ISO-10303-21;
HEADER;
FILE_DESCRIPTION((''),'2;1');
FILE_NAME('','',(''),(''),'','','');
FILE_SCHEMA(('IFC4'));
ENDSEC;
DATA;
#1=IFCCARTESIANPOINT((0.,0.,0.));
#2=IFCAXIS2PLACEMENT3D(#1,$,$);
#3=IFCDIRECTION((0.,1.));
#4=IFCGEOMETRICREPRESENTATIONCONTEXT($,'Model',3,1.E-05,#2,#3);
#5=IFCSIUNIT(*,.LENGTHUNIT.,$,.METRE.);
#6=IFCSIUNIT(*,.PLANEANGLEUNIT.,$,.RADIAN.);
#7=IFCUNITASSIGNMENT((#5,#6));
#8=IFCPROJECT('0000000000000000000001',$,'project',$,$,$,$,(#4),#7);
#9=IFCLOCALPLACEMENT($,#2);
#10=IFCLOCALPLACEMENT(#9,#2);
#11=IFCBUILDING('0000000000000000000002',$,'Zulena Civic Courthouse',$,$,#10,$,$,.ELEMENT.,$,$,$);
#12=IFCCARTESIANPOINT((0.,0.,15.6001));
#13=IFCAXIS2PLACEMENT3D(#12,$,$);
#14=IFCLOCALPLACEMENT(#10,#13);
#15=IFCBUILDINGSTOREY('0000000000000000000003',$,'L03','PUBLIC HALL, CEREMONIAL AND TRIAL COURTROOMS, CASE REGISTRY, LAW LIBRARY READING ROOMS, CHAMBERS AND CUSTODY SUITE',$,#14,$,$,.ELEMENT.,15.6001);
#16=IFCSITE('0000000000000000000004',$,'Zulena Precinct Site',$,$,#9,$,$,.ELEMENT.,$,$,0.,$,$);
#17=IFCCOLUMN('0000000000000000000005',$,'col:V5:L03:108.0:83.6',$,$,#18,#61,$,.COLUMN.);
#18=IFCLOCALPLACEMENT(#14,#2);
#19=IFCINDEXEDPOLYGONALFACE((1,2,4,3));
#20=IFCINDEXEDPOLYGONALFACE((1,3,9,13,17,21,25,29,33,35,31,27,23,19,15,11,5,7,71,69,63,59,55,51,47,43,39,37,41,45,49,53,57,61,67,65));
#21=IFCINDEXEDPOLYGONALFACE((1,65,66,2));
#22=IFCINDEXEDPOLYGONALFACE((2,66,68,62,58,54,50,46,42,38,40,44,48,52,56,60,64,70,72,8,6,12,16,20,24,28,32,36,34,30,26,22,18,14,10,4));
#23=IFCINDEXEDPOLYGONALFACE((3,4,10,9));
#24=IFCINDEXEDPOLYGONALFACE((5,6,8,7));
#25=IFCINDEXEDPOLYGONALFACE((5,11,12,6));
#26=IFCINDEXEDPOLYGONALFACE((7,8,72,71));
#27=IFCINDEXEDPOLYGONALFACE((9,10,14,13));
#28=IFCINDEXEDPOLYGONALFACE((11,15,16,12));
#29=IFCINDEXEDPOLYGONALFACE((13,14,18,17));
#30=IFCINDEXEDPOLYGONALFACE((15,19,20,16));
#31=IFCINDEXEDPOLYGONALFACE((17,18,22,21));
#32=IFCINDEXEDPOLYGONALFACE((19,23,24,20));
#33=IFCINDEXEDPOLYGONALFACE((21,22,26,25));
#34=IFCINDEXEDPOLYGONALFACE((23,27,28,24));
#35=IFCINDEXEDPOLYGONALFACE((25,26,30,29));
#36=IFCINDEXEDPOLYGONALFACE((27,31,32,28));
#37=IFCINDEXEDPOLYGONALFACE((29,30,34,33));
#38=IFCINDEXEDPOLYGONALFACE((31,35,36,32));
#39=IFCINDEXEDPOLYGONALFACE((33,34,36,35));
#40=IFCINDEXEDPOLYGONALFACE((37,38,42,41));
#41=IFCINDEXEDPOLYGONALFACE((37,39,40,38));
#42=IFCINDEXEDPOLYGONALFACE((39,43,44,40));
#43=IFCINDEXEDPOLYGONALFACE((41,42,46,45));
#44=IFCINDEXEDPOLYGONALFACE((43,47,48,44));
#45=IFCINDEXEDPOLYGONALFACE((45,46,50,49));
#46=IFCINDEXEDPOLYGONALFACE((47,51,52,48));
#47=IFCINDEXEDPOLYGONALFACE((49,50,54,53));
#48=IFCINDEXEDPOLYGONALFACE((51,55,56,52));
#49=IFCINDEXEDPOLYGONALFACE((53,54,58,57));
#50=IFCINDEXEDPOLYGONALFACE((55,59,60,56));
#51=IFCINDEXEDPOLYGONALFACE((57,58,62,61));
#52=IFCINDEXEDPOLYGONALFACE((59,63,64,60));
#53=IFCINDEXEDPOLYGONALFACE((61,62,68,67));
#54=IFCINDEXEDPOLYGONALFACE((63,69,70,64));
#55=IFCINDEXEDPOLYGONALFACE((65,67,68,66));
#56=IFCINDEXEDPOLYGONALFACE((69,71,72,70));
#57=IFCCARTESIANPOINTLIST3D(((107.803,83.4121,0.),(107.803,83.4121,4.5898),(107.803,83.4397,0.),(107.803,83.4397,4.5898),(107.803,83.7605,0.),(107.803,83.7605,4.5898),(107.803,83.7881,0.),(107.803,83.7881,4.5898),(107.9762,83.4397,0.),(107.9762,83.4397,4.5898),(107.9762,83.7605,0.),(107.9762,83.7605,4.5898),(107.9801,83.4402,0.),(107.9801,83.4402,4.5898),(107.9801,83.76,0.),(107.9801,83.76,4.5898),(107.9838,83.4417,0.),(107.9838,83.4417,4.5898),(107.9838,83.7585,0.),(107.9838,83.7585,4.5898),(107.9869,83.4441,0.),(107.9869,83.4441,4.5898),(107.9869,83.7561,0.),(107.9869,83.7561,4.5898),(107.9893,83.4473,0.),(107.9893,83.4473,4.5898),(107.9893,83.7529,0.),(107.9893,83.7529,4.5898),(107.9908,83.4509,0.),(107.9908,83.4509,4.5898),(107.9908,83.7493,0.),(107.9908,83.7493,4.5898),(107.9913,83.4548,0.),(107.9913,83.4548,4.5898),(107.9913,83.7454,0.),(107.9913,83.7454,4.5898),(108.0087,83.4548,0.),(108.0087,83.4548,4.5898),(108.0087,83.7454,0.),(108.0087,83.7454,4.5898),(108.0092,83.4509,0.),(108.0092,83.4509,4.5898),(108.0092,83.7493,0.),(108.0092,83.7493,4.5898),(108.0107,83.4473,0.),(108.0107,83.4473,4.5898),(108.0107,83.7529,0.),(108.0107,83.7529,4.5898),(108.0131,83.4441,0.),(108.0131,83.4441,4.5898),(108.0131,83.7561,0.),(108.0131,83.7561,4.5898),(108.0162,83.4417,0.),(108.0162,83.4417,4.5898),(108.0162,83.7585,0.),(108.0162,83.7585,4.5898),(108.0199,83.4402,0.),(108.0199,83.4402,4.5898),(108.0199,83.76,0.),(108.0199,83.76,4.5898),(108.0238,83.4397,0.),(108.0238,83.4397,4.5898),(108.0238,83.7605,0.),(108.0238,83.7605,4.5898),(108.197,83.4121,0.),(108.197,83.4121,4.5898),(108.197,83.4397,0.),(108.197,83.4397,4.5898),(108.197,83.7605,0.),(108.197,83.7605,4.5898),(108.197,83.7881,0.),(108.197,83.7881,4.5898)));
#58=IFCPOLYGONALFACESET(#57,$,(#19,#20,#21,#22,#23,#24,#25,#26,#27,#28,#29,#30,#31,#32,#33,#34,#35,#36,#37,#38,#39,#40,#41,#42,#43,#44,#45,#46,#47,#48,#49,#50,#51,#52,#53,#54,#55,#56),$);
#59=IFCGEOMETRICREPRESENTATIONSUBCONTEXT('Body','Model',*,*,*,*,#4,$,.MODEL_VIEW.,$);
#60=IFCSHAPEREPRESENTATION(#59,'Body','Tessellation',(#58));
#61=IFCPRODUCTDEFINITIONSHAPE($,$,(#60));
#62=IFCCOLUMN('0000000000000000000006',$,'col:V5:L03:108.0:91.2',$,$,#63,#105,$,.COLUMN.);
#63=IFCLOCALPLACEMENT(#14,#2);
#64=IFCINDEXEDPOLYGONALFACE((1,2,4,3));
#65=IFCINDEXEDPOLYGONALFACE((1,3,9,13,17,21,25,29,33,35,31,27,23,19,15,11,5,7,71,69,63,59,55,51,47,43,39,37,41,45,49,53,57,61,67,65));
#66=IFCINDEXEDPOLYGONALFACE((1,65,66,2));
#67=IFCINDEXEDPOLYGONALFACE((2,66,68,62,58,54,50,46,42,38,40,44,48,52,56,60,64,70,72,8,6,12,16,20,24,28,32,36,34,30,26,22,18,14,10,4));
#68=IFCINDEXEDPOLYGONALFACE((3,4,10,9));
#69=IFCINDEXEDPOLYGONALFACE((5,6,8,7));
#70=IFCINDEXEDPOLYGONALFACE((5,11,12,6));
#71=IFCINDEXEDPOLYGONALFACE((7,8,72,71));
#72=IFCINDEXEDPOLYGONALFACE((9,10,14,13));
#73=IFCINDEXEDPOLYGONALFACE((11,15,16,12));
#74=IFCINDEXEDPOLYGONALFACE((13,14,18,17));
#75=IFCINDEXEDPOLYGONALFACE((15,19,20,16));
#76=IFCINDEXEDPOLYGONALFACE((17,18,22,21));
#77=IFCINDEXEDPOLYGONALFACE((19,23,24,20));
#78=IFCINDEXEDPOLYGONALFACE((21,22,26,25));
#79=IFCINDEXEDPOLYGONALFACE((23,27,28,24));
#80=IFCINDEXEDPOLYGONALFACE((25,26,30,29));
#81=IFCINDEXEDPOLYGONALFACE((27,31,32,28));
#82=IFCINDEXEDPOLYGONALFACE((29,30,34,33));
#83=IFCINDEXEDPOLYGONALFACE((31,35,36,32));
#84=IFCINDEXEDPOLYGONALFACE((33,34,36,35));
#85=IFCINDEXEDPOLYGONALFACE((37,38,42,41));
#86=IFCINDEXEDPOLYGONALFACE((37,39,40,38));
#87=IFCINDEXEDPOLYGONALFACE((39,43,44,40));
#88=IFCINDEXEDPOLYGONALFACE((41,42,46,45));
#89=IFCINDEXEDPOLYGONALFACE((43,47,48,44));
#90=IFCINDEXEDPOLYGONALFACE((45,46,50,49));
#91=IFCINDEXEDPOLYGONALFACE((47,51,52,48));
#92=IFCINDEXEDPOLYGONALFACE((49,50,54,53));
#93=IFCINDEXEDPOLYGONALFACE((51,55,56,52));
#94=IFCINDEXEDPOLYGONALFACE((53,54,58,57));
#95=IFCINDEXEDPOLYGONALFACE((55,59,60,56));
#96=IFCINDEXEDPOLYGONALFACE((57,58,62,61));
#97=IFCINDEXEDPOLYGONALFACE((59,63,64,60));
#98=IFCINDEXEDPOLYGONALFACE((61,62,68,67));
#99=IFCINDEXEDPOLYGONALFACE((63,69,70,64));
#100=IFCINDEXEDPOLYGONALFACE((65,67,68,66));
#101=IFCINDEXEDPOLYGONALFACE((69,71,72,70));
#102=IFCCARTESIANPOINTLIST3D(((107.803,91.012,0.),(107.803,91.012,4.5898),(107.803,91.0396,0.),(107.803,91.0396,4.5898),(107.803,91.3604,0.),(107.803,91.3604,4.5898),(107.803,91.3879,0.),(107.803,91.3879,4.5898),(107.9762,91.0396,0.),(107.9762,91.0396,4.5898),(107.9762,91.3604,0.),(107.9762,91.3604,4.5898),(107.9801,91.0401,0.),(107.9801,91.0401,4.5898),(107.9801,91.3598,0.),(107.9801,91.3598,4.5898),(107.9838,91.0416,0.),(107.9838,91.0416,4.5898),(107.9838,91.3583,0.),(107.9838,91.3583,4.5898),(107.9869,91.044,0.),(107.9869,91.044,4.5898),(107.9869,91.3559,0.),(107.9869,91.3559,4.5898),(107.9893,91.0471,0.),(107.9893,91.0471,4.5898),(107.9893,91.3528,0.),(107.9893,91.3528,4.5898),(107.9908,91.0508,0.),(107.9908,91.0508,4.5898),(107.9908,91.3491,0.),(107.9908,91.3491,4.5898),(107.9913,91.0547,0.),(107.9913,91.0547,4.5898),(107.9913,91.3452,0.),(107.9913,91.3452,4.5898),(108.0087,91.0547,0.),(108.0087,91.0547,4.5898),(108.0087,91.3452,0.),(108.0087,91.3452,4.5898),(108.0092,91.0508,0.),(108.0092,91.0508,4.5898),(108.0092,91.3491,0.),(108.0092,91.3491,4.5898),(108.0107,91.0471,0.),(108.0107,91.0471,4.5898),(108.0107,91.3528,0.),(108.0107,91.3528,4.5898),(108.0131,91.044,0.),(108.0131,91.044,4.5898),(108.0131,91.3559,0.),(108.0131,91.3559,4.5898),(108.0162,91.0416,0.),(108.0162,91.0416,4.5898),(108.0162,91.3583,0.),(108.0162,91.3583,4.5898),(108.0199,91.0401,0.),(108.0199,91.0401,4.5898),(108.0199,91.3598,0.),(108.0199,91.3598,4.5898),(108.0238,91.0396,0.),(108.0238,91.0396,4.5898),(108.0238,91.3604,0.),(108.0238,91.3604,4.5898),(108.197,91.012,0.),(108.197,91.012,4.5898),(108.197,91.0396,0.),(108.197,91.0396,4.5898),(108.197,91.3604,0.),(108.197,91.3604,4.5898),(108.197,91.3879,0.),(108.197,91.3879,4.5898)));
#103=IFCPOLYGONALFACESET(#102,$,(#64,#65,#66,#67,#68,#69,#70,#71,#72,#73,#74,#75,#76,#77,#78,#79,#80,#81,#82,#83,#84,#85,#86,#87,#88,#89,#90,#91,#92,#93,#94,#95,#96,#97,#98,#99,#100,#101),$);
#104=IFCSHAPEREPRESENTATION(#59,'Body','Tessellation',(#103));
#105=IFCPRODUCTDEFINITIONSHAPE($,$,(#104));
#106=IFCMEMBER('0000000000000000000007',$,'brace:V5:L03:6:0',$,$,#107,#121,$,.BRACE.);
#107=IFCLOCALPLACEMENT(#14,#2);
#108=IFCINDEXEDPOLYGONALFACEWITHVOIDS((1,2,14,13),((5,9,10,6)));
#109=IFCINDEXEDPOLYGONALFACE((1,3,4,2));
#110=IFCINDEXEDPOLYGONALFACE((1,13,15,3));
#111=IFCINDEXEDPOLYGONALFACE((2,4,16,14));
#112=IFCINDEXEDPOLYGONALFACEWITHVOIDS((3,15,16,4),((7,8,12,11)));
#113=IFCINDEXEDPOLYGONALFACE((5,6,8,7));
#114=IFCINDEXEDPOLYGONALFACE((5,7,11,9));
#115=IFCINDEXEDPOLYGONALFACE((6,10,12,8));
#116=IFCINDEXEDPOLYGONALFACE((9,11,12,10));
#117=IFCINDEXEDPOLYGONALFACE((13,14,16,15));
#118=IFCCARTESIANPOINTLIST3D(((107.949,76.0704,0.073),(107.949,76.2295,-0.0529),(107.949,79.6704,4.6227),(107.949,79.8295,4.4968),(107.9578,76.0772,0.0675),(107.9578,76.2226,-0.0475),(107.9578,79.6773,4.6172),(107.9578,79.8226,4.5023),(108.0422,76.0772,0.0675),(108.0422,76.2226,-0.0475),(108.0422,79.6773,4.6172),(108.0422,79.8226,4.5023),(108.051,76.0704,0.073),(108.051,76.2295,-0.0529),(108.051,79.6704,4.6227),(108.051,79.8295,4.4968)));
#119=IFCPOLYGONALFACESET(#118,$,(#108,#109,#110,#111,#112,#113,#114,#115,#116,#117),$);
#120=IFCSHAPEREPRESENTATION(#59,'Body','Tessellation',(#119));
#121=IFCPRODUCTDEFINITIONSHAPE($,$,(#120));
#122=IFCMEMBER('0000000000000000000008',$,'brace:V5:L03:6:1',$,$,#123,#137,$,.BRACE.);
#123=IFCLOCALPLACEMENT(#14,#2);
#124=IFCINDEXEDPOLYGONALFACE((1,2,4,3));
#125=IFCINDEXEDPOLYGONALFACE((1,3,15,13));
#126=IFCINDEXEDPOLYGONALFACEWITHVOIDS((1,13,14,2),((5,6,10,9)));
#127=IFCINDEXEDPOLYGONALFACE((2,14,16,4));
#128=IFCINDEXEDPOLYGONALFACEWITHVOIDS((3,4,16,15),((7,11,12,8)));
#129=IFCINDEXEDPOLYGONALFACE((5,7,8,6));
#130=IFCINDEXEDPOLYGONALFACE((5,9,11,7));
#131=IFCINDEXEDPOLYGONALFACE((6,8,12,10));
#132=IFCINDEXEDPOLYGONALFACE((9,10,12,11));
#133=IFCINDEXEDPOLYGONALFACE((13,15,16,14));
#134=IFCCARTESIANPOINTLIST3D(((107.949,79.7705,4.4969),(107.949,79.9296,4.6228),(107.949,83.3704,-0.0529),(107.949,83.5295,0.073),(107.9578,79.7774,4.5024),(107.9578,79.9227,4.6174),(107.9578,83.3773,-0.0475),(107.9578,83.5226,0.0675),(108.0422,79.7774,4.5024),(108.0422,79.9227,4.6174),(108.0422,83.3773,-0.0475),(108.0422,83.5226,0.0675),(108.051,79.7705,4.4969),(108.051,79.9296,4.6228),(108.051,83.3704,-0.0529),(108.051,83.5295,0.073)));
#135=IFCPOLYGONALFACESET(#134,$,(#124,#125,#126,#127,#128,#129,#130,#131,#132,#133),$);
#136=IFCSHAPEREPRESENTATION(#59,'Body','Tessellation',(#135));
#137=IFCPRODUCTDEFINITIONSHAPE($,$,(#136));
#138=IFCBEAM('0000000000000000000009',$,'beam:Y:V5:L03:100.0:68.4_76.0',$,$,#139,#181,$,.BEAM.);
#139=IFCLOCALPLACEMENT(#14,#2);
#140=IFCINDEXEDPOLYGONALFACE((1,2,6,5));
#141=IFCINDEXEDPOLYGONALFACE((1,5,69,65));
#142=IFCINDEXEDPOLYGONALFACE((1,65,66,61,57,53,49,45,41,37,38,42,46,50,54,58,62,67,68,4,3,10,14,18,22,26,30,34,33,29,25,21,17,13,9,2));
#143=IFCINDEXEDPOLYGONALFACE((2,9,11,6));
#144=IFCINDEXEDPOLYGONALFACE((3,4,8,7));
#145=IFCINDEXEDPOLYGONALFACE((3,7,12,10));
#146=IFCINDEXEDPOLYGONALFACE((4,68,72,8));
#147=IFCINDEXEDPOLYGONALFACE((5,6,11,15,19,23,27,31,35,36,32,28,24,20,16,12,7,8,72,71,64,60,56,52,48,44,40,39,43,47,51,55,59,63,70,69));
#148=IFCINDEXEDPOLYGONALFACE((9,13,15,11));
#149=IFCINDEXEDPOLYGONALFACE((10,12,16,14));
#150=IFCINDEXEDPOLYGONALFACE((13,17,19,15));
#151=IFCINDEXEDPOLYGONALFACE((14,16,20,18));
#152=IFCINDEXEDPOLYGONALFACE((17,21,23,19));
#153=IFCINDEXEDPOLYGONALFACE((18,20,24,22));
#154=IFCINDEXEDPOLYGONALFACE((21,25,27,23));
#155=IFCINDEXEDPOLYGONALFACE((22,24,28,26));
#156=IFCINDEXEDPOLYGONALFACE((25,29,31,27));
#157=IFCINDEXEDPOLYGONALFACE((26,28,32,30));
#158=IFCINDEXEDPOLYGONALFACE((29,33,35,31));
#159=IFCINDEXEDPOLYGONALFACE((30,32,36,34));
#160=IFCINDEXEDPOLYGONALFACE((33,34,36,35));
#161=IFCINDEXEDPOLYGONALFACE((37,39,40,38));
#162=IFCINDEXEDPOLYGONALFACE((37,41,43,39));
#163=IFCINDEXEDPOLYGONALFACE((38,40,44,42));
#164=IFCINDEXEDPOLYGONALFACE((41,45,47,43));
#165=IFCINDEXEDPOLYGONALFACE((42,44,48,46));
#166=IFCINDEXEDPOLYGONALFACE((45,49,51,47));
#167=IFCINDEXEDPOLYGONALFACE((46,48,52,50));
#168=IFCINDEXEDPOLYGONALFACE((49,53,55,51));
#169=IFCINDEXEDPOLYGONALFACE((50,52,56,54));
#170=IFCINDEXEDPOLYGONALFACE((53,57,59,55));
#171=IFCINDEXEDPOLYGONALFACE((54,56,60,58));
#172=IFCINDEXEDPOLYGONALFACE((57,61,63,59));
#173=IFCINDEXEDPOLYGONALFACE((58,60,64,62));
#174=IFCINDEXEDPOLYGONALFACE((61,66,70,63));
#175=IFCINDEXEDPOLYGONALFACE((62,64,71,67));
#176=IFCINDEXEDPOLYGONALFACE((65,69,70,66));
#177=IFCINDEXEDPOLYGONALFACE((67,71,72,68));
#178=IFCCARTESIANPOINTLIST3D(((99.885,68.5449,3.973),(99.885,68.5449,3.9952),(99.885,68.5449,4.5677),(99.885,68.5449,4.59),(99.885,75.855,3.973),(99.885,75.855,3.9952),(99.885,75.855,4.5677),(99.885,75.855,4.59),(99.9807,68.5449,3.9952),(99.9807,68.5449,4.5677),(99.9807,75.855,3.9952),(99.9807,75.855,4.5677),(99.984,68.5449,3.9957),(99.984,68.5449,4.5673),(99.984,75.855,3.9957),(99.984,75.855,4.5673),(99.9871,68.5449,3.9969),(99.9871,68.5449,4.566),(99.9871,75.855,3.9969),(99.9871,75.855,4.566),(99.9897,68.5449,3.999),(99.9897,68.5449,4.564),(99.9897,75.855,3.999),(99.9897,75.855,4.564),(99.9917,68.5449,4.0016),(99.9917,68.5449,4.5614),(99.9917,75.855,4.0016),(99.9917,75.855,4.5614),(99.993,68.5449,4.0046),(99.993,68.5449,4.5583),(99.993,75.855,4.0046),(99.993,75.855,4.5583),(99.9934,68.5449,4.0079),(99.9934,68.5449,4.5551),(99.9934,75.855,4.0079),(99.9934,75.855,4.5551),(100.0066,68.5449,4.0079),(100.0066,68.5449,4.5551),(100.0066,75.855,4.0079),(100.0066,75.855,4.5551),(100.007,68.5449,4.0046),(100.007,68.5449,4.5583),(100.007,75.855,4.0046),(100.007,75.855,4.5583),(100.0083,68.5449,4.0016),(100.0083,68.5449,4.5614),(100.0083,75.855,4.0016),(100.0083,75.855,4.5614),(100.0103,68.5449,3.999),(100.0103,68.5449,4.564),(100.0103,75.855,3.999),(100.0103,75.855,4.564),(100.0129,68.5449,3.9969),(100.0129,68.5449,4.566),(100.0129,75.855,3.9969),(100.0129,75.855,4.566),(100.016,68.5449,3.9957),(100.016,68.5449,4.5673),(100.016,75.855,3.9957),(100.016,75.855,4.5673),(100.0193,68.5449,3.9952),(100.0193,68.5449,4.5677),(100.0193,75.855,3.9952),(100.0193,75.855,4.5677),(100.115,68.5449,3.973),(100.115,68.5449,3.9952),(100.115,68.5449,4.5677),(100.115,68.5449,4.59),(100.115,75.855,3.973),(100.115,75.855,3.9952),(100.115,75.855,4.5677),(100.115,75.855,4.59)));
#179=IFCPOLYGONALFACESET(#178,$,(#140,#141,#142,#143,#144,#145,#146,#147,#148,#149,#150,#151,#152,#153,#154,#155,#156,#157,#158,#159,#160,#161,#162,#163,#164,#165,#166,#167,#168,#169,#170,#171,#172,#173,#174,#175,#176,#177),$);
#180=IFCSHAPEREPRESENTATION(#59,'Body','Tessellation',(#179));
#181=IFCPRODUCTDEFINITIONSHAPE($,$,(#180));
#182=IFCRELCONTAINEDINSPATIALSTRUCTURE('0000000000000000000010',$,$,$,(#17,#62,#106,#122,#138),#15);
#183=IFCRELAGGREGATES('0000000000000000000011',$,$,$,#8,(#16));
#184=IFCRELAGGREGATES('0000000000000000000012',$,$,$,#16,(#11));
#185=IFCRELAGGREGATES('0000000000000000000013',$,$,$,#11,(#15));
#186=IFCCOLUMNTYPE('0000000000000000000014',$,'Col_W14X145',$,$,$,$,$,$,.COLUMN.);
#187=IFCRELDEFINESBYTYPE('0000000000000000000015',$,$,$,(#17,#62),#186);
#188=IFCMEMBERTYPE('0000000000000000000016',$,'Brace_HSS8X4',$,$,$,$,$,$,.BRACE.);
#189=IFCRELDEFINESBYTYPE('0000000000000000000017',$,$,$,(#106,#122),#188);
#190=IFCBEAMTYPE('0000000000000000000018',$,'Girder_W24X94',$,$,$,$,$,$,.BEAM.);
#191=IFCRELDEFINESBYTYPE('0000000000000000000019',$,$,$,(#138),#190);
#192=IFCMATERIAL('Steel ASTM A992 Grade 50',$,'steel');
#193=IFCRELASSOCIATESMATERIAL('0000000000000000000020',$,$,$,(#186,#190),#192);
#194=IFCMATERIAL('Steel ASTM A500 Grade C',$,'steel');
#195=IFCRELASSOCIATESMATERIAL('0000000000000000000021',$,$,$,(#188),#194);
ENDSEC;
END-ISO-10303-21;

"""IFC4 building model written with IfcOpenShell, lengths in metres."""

from ifc_helpers import new_model, si_unit, direction, frame, origin, origin_2d, place, context, subcontext, project, spatial, hollow_rectangle, i_section, extrude, material, material_profile, profile_set, type_object, element, save


model = new_model("IFC4")

# Units and contexts
model_context = context("Model", 3, precision=1e-05, world=origin(), true_north=direction((0.0, 1.0)))
body_context = subcontext(model_context, "Body", "Model", "MODEL_VIEW")
ifc_project = project(units=[si_unit("LENGTHUNIT", "METRE"), si_unit("PLANEANGLEUNIT", "RADIAN")], contexts=[model_context])

# Site, building, storey
site_placement = place(None, origin())
site = spatial("IfcSite", under=ifc_project, at=site_placement, Name="Zulena Precinct Site", CompositionType="ELEMENT", RefElevation=0.0)
building_placement = place(site_placement, origin())
building = spatial("IfcBuilding", under=site, at=building_placement, Name="Zulena Civic Courthouse", CompositionType="ELEMENT")
storey_placement = place(building_placement, frame((0.0, 0.0, 15.6001)))
storey = spatial("IfcBuildingStorey", under=building, at=storey_placement, Name="L03", Description="PUBLIC HALL, CEREMONIAL AND TRIAL COURTROOMS, CASE REGISTRY, LAW LIBRARY READING ROOMS, CHAMBERS AND CUSTODY SUITE", CompositionType="ELEMENT", Elevation=15.6001)

# Columns
ifc_material_1 = material(Name="Steel ASTM A992 Grade 50", Category="steel")
ifc_material_profile_1 = material_profile(ifc_material_1, i_section(OverallWidth=0.394, OverallDepth=0.376, WebThickness=0.0173, FlangeThickness=0.0276, FilletRadius=0.0151, at=origin_2d()), Name="W14X145")
ifc_profile_set_1 = profile_set([ifc_material_profile_1], Name="Steel ASTM A992 Grade 50")
column_type_1 = type_object("IfcColumnType", Name="Col_W14X145", PredefinedType="COLUMN", material=ifc_profile_set_1)
for number, where, z_axis, x_axis, name in (
    (1, (108.0, 83.6001, 0.0), (0.0, 0.0, 1.0), (1.0, 0.0, 0.0), "col:V5:L03:108.0:83.6"),
    (2, (108.0, 91.2, 0.0), (0.0, 0.0, 1.0), (1.0, 0.0, 0.0), "col:V5:L03:108.0:91.2"),
):
    element("IfcColumn", number, at=place(storey_placement, frame(where, z_axis=z_axis, x_axis=x_axis)), inside=storey, type_object=column_type_1, Name=name, PredefinedType="COLUMN", context=body_context, shape_type="SweptSolid", body=[
        extrude(i_section(OverallWidth=0.394, OverallDepth=0.376, WebThickness=0.0173, FlangeThickness=0.0276, FilletRadius=0.0151, at=origin_2d()), origin(), (0.0, 0.0, 1.0), 4.5898),
    ])

# Members
ifc_material_2 = material(Name="Steel ASTM A500 Grade C", Category="steel")
ifc_material_profile_2 = material_profile(ifc_material_2, hollow_rectangle(XDim=0.1021, YDim=0.2029, WallThickness=0.0088, at=origin_2d()), Name="HSS8X4X3/8")
ifc_profile_set_2 = profile_set([ifc_material_profile_2], Name="Steel ASTM A500 Grade C")
member_type = type_object("IfcMemberType", Name="Brace_HSS8X4", PredefinedType="BRACE", material=ifc_profile_set_2)
for number, where, z_axis, x_axis, name in (
    (3, (108.0, 76.1499, 0.01), (0.0, 0.620509, 0.784199), (-1.0, 0.0, 0.0), "brace:V5:L03:6:0"),
    (4, (108.0, 83.45, 0.01), (0.0, -0.620483, 0.78422), (1.0, 0.0, 0.0), "brace:V5:L03:6:1"),
):
    element("IfcMember", number, at=place(storey_placement, frame(where, z_axis=z_axis, x_axis=x_axis)), inside=storey, type_object=member_type, Name=name, PredefinedType="BRACE", context=body_context, shape_type="SweptSolid", body=[
        extrude(hollow_rectangle(XDim=0.1021, YDim=0.2029, WallThickness=0.0088, at=origin_2d()), origin(), (0.0, 0.0, 1.0), 5.8018),
    ])

# Beam
ifc_material_profile_3 = material_profile(ifc_material_1, i_section(OverallWidth=0.23, OverallDepth=0.6169, WebThickness=0.0132, FlangeThickness=0.0222, FilletRadius=0.0127, at=origin_2d()), Name="W24X94")
ifc_profile_set_3 = profile_set([ifc_material_profile_3], Name="Steel ASTM A992 Grade 50")
beam_type_1 = type_object("IfcBeamType", Name="Girder_W24X94", PredefinedType="BEAM", material=ifc_profile_set_3)
for number, where, z_axis, x_axis, name in (
    (5, (100.0, 68.5449, 4.2815), (0.0, 1.0, 0.0), (-1.0, 0.0, 0.0), "beam:Y:V5:L03:100.0:68.4_76.0"),
):
    element("IfcBeam", number, at=place(storey_placement, frame(where, z_axis=z_axis, x_axis=x_axis)), inside=storey, type_object=beam_type_1, Name=name, PredefinedType="BEAM", context=body_context, shape_type="SweptSolid", body=[
        extrude(i_section(OverallWidth=0.23, OverallDepth=0.6169, WebThickness=0.0132, FlangeThickness=0.0222, FilletRadius=0.0127, at=origin_2d()), origin(), (0.0, 0.0, 1.0), 7.3101),
    ])

save(model, "model.ifc")
